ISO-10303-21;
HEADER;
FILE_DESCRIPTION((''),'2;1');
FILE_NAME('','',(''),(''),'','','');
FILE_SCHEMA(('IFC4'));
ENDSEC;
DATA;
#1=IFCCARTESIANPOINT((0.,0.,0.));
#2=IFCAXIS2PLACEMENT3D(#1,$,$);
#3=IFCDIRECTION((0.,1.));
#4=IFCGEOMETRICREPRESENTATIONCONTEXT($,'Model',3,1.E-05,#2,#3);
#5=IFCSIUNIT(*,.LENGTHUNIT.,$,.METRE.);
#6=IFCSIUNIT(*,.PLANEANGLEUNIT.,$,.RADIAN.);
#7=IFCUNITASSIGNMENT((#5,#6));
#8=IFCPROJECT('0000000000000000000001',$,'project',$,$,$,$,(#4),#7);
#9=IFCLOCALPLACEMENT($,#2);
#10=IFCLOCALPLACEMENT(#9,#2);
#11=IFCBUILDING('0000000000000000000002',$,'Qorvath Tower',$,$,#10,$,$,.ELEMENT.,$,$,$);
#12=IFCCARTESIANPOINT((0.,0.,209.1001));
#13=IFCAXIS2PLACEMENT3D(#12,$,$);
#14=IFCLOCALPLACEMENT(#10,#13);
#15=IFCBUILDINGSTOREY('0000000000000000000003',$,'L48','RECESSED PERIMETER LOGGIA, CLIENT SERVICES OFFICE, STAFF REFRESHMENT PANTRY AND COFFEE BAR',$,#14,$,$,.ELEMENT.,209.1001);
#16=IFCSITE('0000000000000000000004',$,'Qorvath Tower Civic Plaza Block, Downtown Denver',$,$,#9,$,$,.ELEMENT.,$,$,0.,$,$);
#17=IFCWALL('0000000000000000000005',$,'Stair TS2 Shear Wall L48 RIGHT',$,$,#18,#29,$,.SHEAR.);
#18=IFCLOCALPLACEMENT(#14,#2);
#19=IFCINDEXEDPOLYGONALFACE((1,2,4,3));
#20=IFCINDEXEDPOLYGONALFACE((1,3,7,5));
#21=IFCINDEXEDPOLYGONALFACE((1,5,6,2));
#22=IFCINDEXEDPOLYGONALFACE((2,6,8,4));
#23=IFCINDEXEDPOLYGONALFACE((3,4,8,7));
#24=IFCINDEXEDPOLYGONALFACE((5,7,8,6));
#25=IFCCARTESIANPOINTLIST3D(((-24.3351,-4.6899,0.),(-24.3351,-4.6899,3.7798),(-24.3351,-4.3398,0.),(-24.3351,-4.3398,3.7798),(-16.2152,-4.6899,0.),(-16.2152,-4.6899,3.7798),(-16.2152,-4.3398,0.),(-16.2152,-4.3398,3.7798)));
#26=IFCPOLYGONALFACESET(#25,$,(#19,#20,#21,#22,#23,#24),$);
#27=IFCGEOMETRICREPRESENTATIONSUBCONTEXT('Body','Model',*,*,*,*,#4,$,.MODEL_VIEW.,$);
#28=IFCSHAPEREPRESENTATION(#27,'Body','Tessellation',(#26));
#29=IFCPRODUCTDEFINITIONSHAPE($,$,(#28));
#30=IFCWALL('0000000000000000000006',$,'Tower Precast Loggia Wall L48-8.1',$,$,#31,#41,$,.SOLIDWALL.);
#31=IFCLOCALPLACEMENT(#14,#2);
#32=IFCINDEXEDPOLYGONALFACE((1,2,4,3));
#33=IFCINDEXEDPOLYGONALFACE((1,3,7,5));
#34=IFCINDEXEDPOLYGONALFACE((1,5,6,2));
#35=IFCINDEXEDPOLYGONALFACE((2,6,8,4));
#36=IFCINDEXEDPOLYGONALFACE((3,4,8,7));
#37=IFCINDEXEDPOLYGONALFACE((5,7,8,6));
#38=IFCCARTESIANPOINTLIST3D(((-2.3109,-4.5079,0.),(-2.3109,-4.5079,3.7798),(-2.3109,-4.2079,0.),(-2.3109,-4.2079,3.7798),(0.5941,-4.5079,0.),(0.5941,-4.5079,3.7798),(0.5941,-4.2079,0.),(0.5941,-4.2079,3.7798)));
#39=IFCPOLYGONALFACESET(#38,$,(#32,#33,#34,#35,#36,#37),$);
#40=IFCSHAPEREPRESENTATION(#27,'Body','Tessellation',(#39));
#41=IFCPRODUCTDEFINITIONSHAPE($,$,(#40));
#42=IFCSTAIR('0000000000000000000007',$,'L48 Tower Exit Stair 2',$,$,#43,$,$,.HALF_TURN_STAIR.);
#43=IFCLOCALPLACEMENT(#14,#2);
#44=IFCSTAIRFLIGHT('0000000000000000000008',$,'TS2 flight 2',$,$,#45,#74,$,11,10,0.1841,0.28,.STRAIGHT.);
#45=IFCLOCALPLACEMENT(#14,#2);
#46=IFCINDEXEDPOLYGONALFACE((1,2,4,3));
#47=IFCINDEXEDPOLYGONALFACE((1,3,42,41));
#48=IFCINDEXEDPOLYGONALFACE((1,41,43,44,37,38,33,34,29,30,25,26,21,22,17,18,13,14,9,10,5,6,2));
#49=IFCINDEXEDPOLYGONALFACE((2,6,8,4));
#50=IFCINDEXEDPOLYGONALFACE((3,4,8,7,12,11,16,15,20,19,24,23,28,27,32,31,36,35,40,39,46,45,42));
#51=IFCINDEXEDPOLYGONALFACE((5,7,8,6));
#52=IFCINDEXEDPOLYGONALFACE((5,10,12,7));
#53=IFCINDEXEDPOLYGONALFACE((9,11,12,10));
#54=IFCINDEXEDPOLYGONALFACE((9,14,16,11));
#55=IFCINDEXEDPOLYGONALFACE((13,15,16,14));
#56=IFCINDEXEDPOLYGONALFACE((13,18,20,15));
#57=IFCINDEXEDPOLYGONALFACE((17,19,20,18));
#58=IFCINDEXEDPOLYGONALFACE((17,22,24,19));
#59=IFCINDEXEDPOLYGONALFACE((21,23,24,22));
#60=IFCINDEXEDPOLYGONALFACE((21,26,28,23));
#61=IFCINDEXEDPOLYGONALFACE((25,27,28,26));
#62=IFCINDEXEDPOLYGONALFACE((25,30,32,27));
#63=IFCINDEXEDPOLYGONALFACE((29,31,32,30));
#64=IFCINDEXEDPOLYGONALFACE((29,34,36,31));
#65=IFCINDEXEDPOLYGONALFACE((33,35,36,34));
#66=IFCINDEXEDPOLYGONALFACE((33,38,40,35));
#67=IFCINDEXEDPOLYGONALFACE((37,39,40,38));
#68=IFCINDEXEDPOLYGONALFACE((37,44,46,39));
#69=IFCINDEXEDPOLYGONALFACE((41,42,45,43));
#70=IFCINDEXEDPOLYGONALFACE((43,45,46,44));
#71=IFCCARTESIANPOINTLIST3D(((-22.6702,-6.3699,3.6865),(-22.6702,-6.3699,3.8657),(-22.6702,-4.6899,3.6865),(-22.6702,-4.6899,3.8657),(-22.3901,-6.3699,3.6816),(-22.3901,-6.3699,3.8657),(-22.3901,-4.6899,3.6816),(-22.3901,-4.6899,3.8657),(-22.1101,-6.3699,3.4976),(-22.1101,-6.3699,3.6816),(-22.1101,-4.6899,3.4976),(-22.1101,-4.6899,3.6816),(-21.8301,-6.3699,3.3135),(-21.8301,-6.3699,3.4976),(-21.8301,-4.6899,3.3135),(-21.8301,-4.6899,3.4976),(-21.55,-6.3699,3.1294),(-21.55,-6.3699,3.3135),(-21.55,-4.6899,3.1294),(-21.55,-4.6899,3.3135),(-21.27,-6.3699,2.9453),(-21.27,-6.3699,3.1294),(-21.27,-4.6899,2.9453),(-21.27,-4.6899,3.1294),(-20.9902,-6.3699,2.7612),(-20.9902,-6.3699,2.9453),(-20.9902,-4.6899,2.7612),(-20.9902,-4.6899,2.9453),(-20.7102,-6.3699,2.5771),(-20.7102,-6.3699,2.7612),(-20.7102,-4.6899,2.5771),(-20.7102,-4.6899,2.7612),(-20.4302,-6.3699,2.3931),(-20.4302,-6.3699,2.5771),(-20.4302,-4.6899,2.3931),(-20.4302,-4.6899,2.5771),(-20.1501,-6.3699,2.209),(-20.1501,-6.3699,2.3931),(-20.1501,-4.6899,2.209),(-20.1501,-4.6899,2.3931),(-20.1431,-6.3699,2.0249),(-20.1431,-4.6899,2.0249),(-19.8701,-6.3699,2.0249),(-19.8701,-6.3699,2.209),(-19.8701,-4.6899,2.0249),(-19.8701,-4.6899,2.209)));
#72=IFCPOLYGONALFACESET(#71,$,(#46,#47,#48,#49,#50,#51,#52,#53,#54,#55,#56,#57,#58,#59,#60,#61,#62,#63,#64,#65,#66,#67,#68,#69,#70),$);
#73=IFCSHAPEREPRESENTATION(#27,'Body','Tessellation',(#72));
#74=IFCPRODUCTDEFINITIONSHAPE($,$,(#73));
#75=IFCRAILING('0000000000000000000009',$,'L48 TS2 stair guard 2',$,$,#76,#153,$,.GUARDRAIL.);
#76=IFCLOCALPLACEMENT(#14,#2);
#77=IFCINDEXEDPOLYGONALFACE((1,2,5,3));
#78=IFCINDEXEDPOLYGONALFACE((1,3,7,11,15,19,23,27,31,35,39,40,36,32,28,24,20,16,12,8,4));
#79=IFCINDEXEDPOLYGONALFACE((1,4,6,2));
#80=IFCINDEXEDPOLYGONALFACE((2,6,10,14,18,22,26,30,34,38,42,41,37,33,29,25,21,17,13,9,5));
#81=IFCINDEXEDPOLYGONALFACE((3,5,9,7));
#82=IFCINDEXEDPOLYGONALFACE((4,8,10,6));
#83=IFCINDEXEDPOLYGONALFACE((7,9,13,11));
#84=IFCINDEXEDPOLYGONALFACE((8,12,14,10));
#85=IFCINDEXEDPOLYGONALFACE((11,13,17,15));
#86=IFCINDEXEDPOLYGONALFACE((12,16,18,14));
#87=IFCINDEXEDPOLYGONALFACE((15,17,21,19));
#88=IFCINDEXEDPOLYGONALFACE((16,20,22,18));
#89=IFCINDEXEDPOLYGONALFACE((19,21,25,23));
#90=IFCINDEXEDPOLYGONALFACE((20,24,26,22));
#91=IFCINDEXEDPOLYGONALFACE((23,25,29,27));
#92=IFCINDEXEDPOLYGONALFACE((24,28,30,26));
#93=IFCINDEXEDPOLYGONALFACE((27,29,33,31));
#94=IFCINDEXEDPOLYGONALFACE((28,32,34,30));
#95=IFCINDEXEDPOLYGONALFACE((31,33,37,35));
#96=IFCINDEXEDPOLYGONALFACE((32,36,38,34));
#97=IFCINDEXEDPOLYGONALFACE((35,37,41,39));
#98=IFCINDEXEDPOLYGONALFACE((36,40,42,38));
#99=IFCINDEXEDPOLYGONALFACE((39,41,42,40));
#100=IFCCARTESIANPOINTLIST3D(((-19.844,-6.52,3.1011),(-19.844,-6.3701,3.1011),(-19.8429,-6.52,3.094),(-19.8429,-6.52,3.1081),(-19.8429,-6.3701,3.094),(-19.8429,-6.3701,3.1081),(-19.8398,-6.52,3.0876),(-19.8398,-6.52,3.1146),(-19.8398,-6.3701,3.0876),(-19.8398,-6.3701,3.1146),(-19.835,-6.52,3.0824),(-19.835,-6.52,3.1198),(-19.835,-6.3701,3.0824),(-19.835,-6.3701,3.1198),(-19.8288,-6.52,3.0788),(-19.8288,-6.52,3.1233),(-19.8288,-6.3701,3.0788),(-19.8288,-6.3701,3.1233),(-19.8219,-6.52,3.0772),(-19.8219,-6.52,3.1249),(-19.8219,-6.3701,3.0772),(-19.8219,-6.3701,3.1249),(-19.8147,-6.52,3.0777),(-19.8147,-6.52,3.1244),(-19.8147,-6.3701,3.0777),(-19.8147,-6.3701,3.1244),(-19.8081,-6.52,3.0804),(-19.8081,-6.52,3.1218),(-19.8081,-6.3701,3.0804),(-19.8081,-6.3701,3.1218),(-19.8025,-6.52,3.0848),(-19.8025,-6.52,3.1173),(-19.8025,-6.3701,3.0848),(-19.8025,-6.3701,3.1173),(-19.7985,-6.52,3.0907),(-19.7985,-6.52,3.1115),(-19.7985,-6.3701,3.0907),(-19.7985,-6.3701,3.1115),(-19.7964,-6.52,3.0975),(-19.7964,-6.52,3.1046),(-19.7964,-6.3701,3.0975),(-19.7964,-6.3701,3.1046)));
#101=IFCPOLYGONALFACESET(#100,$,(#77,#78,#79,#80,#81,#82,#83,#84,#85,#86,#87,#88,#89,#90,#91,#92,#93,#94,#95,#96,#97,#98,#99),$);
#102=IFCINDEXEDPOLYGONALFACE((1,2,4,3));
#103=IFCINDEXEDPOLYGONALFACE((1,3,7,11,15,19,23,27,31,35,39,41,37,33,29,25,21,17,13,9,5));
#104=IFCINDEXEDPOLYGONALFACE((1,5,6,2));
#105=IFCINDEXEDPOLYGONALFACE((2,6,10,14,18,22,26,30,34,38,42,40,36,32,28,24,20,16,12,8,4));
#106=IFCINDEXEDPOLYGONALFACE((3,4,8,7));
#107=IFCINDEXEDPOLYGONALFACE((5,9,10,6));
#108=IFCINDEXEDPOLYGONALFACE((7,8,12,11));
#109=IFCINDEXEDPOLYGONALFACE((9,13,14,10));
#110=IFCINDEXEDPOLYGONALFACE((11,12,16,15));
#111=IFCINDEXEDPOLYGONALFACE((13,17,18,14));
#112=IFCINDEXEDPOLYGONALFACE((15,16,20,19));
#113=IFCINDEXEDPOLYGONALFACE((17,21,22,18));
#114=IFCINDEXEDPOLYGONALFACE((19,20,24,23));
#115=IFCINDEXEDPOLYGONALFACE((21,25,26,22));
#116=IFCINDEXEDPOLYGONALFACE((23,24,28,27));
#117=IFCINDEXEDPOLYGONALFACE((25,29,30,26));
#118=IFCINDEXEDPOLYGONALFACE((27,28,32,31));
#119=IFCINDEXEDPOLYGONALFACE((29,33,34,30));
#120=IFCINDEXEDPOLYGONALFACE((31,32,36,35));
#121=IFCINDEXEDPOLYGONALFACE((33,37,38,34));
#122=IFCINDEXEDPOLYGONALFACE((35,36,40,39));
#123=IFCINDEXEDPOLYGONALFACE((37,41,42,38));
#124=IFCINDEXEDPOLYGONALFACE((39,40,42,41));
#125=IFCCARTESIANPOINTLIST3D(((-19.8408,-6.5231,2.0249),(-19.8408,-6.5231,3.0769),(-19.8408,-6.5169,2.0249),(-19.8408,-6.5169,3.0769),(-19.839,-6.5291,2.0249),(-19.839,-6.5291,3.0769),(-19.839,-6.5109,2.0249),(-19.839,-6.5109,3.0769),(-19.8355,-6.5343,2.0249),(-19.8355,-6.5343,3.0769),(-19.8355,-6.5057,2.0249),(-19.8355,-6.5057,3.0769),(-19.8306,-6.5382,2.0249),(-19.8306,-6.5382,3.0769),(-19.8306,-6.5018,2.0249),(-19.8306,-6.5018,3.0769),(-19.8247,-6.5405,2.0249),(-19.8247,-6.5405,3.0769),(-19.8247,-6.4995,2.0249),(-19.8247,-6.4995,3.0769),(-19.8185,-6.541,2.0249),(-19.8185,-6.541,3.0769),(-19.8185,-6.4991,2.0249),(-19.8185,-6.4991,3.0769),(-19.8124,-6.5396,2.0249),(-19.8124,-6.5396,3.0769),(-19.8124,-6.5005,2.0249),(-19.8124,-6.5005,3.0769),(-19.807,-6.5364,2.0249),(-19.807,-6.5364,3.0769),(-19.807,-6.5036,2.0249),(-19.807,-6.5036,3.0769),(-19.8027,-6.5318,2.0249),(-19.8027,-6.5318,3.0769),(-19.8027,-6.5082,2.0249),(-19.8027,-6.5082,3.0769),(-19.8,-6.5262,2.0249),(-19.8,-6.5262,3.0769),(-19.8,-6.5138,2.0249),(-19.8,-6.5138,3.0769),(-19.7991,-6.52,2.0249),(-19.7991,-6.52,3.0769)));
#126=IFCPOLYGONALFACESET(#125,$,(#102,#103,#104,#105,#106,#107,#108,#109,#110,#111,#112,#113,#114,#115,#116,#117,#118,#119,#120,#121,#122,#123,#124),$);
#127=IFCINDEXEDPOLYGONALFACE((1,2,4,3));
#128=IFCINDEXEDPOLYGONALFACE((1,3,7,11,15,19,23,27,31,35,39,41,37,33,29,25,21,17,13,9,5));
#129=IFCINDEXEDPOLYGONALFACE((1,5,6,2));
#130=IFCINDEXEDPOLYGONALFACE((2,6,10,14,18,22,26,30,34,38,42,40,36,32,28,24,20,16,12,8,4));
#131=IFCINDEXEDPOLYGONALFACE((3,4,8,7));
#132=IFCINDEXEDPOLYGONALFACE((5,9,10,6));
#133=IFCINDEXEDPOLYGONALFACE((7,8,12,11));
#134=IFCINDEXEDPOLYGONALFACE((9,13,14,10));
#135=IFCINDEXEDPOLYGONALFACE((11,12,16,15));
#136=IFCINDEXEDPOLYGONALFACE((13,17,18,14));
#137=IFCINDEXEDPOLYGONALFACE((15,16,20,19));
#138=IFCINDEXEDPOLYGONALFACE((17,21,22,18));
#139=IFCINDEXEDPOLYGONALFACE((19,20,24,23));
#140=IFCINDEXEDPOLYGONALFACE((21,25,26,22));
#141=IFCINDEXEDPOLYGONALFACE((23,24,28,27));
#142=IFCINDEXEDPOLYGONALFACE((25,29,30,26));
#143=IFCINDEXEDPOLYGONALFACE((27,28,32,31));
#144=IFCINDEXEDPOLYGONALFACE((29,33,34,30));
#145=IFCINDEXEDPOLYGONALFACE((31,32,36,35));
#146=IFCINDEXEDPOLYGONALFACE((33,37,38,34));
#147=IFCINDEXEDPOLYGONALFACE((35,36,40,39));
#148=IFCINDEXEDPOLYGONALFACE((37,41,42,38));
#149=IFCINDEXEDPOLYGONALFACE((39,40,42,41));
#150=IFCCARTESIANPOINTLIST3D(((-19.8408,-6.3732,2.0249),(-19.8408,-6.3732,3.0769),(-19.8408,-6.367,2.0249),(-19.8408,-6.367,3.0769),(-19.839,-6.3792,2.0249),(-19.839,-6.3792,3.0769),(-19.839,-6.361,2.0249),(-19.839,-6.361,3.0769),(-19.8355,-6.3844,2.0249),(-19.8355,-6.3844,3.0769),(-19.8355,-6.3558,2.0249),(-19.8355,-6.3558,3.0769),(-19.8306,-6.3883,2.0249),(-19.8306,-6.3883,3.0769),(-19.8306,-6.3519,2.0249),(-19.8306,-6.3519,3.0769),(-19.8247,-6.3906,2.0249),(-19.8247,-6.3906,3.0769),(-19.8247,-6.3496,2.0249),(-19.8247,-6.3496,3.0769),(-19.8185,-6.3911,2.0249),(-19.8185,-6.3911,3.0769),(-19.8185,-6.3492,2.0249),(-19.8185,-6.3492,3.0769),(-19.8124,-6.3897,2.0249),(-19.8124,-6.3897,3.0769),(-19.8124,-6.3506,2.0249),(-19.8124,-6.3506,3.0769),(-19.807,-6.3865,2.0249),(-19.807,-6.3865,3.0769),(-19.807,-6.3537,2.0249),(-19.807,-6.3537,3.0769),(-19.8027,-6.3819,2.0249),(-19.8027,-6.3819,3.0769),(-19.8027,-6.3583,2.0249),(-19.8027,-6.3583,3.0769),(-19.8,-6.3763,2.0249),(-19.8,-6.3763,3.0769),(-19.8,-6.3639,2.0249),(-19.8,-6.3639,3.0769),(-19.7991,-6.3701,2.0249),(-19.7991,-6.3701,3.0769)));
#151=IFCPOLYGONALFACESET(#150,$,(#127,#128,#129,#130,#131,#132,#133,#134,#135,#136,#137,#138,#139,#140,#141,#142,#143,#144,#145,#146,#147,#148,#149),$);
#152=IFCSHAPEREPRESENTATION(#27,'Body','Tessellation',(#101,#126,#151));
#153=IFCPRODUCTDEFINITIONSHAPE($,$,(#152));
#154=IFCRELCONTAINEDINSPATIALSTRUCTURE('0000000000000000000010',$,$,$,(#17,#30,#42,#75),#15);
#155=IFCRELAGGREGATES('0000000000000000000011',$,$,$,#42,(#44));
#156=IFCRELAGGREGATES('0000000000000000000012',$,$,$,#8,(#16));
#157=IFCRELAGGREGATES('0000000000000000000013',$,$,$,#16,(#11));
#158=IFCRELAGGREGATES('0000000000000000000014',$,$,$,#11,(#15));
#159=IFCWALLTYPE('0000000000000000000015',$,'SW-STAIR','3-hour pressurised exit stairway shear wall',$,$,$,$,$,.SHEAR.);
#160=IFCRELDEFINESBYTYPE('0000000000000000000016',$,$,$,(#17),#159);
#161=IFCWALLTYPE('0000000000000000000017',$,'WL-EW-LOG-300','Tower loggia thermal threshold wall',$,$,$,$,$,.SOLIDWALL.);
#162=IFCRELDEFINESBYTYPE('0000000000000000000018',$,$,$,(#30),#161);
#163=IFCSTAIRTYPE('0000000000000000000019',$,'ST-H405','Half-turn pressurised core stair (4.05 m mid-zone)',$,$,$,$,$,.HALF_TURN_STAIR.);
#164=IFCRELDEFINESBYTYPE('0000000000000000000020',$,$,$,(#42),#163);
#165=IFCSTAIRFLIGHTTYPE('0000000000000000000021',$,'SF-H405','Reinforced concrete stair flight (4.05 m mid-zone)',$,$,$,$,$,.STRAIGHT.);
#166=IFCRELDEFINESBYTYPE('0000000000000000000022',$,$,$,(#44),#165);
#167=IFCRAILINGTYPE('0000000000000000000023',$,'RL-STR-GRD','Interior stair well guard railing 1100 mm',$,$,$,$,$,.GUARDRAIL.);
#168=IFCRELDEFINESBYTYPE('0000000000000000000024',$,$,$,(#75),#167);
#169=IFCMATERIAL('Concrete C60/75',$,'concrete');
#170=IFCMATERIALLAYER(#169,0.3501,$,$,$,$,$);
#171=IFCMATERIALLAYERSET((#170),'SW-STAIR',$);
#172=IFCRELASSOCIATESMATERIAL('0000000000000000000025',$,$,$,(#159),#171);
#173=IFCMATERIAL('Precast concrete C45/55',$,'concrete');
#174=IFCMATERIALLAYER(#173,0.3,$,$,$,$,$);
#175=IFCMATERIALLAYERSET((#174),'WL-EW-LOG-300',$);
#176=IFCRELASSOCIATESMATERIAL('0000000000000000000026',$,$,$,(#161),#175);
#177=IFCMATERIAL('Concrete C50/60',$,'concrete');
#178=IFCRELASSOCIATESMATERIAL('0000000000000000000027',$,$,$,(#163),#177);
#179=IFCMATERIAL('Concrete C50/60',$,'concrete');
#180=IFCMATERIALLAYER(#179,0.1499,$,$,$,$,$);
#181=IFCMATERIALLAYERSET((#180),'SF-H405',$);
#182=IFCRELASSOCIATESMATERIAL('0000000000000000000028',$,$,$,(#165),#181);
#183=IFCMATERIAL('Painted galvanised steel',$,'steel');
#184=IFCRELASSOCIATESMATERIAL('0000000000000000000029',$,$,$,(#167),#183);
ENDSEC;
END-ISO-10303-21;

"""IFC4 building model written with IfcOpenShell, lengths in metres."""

from ifc_helpers import new_model, si_unit, direction, frame, frame_2d, origin, origin_2d, place, context, subcontext, project, spatial, polyline, rectangle, circle, outline, extrude, material, layer, layer_set, type_object, element, aggregate, save


model = new_model("IFC4")

# Units and contexts
model_context = context("Model", 3, precision=1e-05, world=origin(), true_north=direction((0.0, 1.0)))
body_context = subcontext(model_context, "Body", "Model", "MODEL_VIEW")
ifc_project = project(units=[si_unit("LENGTHUNIT", "METRE"), si_unit("PLANEANGLEUNIT", "RADIAN")], contexts=[model_context])

# Site, building, storey
site_placement = place(None, origin())
site = spatial("IfcSite", under=ifc_project, at=site_placement, Name="Qorvath Tower Civic Plaza Block, Downtown Denver", CompositionType="ELEMENT", RefElevation=0.0)
building_placement = place(site_placement, origin())
building = spatial("IfcBuilding", under=site, at=building_placement, Name="Qorvath Tower", CompositionType="ELEMENT")
storey_placement = place(building_placement, frame((0.0, 0.0, 209.1001)))
storey = spatial("IfcBuildingStorey", under=building, at=storey_placement, Name="L48", Description="RECESSED PERIMETER LOGGIA, CLIENT SERVICES OFFICE, STAFF REFRESHMENT PANTRY AND COFFEE BAR", CompositionType="ELEMENT", Elevation=209.1001)

# Walls
ifc_material_1 = material(Name="Concrete C60/75", Category="concrete")
ifc_layer_1 = layer(ifc_material_1, 0.3501)
ifc_layer_set_1 = layer_set([ifc_layer_1], Name="SW-STAIR")
wall_type_1 = type_object("IfcWallType", Name="SW-STAIR", Description="3-hour pressurised exit stairway shear wall", PredefinedType="SHEAR", material=ifc_layer_set_1)
wall_1_placement = place(storey_placement, frame((-16.2151, -4.5149, 0.0), z_axis=(0.0, 0.0, 1.0), x_axis=(-1.0, 0.0, 0.0)))
element("IfcWall", 1, at=wall_1_placement, inside=storey, type_object=wall_type_1, Name="Stair TS2 Shear Wall L48 RIGHT", PredefinedType="SHEAR", context=body_context, shape_type="SweptSolid", body=[
    extrude(rectangle(XDim=8.1199, YDim=0.3501, at=frame_2d((4.0601, 0.0))), origin(), (0.0, 0.0, 1.0), 3.7798),
])
ifc_material_2 = material(Name="Precast concrete C45/55", Category="concrete")
ifc_layer_2 = layer(ifc_material_2, 0.3)
ifc_layer_set_2 = layer_set([ifc_layer_2], Name="WL-EW-LOG-300")
wall_type_2 = type_object("IfcWallType", Name="WL-EW-LOG-300", Description="Tower loggia thermal threshold wall", PredefinedType="SOLIDWALL", material=ifc_layer_set_2)
wall_2_placement = place(storey_placement, frame((0.5942, -4.3579, 0.0), z_axis=(0.0, 0.0, 1.0), x_axis=(-1.0, 0.0, 0.0)))
element("IfcWall", 2, at=wall_2_placement, inside=storey, type_object=wall_type_2, Name="Tower Precast Loggia Wall L48-8.1", PredefinedType="SOLIDWALL", context=body_context, shape_type="SweptSolid", body=[
    extrude(rectangle(XDim=2.905, YDim=0.3, at=frame_2d((1.4526, 0.0))), origin(), (0.0, 0.0, 1.0), 3.7798),
])

# Stair, stair flight
ifc_material_3 = material(Name="Concrete C50/60", Category="concrete")
stair_type = type_object("IfcStairType", Name="ST-H405", Description="Half-turn pressurised core stair (4.05 m mid-zone)", PredefinedType="HALF_TURN_STAIR", material=ifc_material_3)
stair_placement = place(storey_placement, origin())
stair = element("IfcStair", 3, at=stair_placement, inside=storey, type_object=stair_type, Name="L48 Tower Exit Stair 2", PredefinedType="HALF_TURN_STAIR")
ifc_material_4 = material(Name="Concrete C50/60", Category="concrete")
ifc_layer_3 = layer(ifc_material_4, 0.1499)
ifc_layer_set_3 = layer_set([ifc_layer_3], Name="SF-H405")
stair_flight_type = type_object("IfcStairFlightType", Name="SF-H405", Description="Reinforced concrete stair flight (4.05 m mid-zone)", PredefinedType="STRAIGHT", material=ifc_layer_set_3)
stair_flight_placement = place(storey_placement, frame((-19.8701, -5.53, 2.0249), z_axis=(0.0, 0.0, 1.0), x_axis=(-1.0, 0.0, 0.0)))
stair_flight = element("IfcStairFlight", 4, at=stair_flight_placement, type_object=stair_flight_type, Name="TS2 flight 2", NumberOfRisers=11, NumberOfTreads=10, PredefinedType="STRAIGHT", RiserHeight=0.1841, TreadLength=0.28, context=body_context, shape_type="SweptSolid", body=[
    extrude(outline(polyline([(0.0, 0.0), (0.0, 0.1841), (0.28, 0.1841), (0.28, 0.3682), (0.5601, 0.3682), (0.5601, 0.5522), (0.8401, 0.5522), (0.8401, 0.7363), (1.1201, 0.7363), (1.1201, 0.9204), (1.3999, 0.9204), (1.3999, 1.1045), (1.6799, 1.1045), (1.6799, 1.2886), (1.96, 1.2886), (1.96, 1.4727), (2.24, 1.4727), (2.24, 1.6567), (2.52, 1.6567), (2.52, 1.8408), (2.8, 1.8408), (2.8, 2.0249), (2.8, 1.6616), (0.2729, 0.0), (0.0, 0.0)])), frame((0.0, 0.8398, 0.0), z_axis=(0.0, -1.0, 0.0), x_axis=(1.0, 0.0, 0.0)), (0.0, 0.0, 1.0), 1.6799),
])
aggregate(stair, [stair_flight])

# Railing
ifc_material_5 = material(Name="Painted galvanised steel", Category="steel")
railing_type_1 = type_object("IfcRailingType", Name="RL-STR-GRD", Description="Interior stair well guard railing 1100 mm", PredefinedType="GUARDRAIL", material=ifc_material_5)
railing_1_placement = place(storey_placement, frame((-19.8201, -6.52, 2.0249)))
element("IfcRailing", 5, at=railing_1_placement, inside=storey, type_object=railing_type_1, Name="L48 TS2 stair guard 2", PredefinedType="GUARDRAIL", context=body_context, shape_type="SweptSolid", body=[
    extrude(circle(Radius=0.0239, at=origin_2d()), frame((0.0, 0.0, 1.0762), z_axis=(0.0, 1.0, 0.0), x_axis=(-1.0, 0.0, 0.0)), (0.0, 0.0, 1.0), 0.1499),
    extrude(circle(Radius=0.021, at=origin_2d()), origin(), (0.0, 0.0, 1.0), 1.052),
    extrude(circle(Radius=0.021, at=origin_2d()), frame((0.0, 0.1499, 0.0)), (0.0, 0.0, 1.0), 1.052),
])

save(model, "model.ifc")
